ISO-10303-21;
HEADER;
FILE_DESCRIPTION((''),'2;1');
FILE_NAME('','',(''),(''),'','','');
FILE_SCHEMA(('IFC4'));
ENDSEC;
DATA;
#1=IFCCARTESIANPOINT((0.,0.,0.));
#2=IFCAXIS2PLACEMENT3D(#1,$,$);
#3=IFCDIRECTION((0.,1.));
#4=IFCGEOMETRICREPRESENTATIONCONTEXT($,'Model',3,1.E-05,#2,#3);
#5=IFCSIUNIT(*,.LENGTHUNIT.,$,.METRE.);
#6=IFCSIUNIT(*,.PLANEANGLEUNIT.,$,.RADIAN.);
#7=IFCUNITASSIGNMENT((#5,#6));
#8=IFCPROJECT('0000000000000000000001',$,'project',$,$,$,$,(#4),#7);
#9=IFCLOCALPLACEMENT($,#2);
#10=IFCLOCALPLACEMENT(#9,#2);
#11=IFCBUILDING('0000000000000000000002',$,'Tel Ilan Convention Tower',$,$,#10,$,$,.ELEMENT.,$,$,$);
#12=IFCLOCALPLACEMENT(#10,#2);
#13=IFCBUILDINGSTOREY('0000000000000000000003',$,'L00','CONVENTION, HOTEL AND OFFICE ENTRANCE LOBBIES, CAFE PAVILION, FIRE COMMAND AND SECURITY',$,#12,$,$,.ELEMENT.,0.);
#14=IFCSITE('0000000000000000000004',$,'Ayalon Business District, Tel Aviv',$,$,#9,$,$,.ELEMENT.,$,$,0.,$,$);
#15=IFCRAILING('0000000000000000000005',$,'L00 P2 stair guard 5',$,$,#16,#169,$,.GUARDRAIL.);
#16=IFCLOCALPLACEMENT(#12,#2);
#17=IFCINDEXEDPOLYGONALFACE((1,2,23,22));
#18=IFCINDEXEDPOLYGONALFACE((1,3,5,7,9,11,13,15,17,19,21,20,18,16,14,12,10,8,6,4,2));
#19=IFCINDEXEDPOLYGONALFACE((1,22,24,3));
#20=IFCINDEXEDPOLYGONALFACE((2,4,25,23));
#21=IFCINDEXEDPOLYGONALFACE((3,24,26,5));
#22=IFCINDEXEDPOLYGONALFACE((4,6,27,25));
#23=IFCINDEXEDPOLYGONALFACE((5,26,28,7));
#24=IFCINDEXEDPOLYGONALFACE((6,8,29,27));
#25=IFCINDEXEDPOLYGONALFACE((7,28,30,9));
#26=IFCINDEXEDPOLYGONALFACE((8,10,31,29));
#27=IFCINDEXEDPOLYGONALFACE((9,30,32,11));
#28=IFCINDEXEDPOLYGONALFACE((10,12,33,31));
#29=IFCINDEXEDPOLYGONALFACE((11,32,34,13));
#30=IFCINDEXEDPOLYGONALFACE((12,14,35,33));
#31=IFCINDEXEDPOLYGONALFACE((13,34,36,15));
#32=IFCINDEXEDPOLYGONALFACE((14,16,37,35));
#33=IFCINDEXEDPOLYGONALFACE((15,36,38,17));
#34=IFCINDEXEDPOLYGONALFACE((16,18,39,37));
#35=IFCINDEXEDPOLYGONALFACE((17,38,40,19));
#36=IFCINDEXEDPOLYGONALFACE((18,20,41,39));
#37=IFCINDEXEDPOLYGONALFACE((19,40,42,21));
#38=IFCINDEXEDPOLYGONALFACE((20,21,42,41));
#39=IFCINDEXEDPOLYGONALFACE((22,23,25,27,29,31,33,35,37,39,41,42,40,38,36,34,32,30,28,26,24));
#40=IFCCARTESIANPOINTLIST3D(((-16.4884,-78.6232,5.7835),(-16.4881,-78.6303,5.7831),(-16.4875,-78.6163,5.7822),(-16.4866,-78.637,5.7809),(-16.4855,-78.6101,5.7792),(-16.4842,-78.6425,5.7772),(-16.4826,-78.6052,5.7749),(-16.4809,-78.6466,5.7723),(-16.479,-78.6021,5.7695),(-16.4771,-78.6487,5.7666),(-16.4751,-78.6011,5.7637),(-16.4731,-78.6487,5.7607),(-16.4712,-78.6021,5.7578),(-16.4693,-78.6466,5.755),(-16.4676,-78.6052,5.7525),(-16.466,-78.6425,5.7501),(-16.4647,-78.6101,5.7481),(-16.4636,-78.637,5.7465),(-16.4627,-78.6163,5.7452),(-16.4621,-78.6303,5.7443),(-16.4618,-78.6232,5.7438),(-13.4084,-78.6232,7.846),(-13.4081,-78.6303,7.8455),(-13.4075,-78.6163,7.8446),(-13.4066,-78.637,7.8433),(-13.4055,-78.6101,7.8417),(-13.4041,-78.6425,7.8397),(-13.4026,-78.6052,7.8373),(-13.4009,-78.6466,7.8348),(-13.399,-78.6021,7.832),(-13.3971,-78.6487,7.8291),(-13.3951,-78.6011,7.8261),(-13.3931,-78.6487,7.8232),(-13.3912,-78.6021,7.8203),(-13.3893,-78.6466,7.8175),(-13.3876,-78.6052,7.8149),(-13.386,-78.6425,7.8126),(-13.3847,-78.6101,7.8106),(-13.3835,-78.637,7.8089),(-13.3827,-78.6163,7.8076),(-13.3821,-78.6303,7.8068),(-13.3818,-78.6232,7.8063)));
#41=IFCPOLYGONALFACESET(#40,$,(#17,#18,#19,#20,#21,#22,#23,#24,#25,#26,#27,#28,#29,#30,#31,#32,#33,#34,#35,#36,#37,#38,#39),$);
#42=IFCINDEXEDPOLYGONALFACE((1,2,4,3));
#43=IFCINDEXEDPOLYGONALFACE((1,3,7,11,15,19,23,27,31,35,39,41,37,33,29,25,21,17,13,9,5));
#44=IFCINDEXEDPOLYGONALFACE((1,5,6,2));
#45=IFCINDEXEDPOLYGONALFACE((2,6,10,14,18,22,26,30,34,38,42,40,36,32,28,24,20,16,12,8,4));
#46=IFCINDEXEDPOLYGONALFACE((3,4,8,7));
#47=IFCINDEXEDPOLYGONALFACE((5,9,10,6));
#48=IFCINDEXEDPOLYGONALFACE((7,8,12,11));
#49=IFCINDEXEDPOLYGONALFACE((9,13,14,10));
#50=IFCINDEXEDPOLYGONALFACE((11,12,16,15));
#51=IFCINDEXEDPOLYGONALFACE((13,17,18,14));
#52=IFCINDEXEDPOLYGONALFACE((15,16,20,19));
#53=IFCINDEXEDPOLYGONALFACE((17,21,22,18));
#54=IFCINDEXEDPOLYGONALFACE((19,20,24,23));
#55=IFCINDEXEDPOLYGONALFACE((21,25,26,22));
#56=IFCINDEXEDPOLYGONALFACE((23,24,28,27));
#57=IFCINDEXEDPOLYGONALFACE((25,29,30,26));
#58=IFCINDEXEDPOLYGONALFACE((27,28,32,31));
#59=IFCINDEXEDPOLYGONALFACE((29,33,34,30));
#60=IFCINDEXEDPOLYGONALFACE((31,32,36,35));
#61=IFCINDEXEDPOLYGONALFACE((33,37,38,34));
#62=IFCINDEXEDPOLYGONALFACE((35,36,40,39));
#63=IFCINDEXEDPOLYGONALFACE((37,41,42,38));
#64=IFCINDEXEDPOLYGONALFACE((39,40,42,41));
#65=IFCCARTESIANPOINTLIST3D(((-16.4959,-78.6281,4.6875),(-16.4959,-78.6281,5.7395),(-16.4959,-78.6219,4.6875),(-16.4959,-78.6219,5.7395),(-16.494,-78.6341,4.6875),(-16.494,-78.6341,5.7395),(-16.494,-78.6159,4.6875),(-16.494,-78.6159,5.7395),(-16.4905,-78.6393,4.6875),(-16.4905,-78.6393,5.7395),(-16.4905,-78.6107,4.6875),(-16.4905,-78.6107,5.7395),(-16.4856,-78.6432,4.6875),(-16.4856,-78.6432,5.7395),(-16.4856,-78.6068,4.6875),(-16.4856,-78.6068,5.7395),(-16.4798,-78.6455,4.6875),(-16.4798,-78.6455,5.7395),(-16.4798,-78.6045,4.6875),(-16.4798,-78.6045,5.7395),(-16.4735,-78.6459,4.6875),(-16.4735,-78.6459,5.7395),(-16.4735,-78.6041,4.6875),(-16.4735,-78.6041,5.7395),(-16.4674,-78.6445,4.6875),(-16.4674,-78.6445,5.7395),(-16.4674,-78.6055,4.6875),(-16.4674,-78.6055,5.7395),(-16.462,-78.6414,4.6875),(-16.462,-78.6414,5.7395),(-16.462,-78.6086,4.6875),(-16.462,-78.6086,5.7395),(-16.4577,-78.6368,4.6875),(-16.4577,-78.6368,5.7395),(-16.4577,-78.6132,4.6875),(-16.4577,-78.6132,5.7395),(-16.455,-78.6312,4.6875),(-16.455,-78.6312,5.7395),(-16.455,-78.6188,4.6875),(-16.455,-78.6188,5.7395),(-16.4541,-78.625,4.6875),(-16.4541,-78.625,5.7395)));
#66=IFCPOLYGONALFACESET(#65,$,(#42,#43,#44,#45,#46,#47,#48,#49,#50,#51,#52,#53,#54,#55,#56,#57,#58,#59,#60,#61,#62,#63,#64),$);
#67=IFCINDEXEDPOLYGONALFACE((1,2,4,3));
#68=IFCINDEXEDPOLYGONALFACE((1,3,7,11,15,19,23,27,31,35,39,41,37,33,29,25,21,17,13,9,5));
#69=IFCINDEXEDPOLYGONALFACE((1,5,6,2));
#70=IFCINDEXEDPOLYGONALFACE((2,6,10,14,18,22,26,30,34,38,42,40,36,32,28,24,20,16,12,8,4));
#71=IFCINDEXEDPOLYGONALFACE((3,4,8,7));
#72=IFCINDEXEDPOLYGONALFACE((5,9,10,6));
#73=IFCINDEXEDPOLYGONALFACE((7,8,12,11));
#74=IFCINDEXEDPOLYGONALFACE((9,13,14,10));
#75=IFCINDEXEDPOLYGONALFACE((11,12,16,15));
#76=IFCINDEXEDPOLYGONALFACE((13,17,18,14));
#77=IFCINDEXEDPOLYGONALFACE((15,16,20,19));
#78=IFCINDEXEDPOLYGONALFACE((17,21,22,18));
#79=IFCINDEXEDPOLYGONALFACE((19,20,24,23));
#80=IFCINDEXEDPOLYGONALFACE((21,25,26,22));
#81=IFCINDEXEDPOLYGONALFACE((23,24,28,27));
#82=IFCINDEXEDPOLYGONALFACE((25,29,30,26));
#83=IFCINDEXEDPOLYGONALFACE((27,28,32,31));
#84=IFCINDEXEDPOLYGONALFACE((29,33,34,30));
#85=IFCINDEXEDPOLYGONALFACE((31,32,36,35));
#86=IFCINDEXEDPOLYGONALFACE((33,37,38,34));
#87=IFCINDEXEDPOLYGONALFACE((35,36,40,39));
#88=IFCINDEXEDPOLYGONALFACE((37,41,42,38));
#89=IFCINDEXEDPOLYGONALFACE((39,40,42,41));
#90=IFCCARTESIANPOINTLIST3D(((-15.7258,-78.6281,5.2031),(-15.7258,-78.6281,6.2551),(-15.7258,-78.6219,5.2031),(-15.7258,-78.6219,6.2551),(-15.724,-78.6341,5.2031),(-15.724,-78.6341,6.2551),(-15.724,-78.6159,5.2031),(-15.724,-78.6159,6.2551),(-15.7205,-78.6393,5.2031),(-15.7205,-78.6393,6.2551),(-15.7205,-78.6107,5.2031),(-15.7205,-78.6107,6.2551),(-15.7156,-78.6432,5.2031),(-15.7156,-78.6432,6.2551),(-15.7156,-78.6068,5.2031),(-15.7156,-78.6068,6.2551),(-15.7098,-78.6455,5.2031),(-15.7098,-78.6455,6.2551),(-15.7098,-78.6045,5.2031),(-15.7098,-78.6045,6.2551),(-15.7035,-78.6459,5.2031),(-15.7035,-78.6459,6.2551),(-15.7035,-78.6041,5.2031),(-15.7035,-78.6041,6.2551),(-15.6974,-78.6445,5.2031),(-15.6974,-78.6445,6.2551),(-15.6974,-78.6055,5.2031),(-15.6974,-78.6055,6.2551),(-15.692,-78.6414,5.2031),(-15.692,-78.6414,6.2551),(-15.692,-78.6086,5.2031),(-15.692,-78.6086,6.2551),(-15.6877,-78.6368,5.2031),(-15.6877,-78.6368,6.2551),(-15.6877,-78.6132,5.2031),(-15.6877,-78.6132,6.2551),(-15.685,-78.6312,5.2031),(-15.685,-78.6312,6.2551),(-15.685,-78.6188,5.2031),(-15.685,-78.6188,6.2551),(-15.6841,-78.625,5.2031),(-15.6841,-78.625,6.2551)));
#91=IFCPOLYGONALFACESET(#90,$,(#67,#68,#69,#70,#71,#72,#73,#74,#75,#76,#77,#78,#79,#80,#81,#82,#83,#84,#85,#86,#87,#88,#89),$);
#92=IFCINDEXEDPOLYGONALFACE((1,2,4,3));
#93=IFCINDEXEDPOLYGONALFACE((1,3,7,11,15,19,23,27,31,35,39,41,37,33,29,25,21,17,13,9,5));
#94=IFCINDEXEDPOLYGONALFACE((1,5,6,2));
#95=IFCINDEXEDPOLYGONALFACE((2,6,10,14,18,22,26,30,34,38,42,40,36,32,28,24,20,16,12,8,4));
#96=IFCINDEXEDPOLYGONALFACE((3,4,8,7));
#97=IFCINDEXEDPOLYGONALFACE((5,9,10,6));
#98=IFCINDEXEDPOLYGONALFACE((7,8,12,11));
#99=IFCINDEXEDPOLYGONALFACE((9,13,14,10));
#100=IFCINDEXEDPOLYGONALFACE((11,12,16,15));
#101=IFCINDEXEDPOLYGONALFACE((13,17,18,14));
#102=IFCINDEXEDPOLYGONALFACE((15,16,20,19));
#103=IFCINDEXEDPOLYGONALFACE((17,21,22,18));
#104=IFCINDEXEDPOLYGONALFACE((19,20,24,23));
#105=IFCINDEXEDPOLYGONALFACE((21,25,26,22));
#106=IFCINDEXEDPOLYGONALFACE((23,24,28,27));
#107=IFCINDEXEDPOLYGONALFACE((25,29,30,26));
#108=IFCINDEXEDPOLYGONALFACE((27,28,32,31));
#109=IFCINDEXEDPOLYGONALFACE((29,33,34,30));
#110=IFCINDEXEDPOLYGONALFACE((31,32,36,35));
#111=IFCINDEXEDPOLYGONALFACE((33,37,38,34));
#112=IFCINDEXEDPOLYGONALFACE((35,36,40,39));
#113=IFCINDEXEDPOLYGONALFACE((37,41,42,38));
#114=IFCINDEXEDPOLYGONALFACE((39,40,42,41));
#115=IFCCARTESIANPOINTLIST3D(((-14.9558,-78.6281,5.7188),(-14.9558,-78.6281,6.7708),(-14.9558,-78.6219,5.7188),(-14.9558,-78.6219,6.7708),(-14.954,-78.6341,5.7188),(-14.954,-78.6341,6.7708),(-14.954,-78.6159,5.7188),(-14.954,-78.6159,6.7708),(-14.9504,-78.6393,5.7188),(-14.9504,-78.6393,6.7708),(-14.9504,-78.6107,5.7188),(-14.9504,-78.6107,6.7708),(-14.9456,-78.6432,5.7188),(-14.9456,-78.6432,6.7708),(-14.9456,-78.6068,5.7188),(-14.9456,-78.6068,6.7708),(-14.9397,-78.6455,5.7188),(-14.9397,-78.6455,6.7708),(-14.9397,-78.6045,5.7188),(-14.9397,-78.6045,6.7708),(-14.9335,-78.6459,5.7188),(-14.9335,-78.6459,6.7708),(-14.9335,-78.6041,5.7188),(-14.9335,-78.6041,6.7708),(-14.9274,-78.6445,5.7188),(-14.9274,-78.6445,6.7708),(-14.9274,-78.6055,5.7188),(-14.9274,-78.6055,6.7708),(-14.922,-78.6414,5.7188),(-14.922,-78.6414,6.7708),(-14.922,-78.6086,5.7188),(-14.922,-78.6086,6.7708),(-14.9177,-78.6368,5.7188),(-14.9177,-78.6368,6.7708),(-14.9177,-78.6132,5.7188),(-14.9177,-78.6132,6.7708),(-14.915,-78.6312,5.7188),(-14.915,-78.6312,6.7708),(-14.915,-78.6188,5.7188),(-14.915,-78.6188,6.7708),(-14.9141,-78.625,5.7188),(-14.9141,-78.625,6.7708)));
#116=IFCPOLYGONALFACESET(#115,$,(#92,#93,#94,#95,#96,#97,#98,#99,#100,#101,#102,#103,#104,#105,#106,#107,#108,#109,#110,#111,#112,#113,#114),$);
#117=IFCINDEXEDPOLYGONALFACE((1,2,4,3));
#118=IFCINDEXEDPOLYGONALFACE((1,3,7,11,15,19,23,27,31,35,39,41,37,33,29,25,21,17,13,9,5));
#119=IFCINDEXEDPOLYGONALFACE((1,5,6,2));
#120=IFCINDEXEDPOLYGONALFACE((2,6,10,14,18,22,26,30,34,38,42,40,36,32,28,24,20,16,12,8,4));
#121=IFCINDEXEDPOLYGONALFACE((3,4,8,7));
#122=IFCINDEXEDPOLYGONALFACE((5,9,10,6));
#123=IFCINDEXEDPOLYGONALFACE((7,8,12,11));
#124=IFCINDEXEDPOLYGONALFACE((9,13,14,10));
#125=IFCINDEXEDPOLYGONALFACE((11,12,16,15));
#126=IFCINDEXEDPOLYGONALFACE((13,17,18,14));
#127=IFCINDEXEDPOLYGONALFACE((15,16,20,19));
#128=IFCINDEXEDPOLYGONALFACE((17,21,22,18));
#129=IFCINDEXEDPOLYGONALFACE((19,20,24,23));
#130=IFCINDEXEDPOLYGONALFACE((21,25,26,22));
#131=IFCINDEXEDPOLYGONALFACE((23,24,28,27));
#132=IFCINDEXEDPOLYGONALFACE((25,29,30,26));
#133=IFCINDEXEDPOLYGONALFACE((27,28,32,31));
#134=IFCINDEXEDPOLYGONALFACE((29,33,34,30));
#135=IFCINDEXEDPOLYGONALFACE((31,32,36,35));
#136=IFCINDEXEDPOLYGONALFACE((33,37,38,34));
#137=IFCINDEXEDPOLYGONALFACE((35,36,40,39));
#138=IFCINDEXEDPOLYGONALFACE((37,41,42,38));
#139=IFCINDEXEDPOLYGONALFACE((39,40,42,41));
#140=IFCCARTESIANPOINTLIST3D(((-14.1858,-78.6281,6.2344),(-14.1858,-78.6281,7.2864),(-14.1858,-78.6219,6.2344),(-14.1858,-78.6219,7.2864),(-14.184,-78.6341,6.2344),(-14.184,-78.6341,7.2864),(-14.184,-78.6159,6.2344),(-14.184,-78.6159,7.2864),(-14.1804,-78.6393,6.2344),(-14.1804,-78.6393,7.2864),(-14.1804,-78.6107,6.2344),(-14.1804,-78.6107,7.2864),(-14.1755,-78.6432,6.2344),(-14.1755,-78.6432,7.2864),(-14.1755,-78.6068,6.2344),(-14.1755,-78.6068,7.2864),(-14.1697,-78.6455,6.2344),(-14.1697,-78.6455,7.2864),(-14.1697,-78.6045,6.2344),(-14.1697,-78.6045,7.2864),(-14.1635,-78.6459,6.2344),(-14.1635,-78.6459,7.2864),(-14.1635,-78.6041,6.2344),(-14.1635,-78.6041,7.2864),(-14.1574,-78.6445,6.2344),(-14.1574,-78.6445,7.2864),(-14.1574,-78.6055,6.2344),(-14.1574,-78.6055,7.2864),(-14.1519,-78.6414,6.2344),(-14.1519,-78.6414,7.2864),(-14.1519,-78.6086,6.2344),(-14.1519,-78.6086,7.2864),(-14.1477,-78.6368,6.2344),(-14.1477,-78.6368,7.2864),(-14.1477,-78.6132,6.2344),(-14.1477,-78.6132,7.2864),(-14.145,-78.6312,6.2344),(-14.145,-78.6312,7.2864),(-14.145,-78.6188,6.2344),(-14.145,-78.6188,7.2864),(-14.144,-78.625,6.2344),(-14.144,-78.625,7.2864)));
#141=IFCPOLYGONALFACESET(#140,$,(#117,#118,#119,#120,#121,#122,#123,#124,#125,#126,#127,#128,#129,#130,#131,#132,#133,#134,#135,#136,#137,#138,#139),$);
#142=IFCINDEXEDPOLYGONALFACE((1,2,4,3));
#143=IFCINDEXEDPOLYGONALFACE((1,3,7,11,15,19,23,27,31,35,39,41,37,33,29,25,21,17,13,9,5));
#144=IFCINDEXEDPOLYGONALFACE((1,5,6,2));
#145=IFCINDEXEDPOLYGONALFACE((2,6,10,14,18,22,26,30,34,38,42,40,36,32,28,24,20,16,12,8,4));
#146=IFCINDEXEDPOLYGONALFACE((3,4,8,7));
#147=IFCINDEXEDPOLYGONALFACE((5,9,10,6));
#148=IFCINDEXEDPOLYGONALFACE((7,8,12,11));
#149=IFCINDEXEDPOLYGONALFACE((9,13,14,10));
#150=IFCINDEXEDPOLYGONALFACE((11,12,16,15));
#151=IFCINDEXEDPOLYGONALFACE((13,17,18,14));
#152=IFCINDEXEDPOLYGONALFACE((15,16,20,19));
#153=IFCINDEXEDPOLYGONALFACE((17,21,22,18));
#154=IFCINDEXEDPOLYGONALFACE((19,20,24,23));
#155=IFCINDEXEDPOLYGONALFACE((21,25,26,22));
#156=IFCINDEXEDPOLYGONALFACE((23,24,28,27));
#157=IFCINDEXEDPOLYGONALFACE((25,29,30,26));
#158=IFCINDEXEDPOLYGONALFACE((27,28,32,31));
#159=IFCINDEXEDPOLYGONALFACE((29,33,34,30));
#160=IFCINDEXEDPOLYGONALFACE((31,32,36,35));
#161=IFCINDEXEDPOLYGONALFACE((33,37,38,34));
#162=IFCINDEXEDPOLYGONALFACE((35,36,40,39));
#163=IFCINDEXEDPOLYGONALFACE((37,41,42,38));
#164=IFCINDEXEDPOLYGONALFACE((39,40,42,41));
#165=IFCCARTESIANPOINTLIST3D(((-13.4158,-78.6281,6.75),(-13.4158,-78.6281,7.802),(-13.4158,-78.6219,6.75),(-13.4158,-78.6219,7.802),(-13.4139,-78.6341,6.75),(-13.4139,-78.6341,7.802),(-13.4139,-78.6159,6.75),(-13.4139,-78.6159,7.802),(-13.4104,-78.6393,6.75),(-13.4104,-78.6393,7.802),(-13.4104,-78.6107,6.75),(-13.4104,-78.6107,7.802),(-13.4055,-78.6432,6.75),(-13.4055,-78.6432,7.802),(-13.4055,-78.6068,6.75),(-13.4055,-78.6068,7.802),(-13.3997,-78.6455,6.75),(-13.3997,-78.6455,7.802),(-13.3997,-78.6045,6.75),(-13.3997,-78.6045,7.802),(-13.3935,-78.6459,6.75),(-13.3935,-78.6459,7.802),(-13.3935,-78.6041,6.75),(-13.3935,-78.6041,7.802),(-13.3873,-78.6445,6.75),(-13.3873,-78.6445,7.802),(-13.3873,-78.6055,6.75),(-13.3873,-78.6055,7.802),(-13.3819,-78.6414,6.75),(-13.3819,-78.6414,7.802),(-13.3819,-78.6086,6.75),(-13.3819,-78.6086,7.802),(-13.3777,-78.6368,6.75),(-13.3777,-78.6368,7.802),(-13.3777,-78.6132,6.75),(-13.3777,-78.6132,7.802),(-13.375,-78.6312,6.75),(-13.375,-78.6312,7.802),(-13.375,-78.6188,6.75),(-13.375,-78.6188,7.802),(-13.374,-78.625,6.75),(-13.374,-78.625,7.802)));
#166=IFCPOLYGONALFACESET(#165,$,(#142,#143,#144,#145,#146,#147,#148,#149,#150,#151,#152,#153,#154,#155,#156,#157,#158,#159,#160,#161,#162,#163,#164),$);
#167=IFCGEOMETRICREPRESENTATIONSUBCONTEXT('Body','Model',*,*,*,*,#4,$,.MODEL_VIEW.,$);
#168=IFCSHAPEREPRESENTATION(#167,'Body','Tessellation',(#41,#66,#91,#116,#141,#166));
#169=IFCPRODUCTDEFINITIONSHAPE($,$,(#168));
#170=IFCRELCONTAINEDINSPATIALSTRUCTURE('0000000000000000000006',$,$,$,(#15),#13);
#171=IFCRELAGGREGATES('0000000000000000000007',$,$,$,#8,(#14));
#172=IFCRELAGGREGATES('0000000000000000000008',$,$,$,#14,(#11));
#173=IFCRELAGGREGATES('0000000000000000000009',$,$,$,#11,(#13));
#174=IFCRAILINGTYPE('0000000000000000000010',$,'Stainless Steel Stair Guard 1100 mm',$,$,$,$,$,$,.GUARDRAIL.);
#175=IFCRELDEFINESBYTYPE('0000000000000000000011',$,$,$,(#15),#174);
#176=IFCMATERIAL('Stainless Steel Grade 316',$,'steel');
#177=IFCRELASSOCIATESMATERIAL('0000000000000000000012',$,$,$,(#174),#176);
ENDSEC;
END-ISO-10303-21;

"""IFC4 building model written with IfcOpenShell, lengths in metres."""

from ifc_helpers import new_model, si_unit, direction, frame, origin, origin_2d, place, context, subcontext, project, spatial, circle, extrude, material, type_object, element, save


model = new_model("IFC4")

# Units and contexts
model_context = context("Model", 3, precision=1e-05, world=origin(), true_north=direction((0.0, 1.0)))
body_context = subcontext(model_context, "Body", "Model", "MODEL_VIEW")
ifc_project = project(units=[si_unit("LENGTHUNIT", "METRE"), si_unit("PLANEANGLEUNIT", "RADIAN")], contexts=[model_context])

# Site, building, storey
site_placement = place(None, origin())
site = spatial("IfcSite", under=ifc_project, at=site_placement, Name="Ayalon Business District, Tel Aviv", CompositionType="ELEMENT", RefElevation=0.0)
building_placement = place(site_placement, origin())
building = spatial("IfcBuilding", under=site, at=building_placement, Name="Tel Ilan Convention Tower", CompositionType="ELEMENT")
storey_placement = place(building_placement, origin())
storey = spatial("IfcBuildingStorey", under=building, at=storey_placement, Name="L00", Description="CONVENTION, HOTEL AND OFFICE ENTRANCE LOBBIES, CAFE PAVILION, FIRE COMMAND AND SECURITY", CompositionType="ELEMENT", Elevation=0.0)

# Railing
ifc_material_1 = material(Name="Stainless Steel Grade 316", Category="steel")
railing_type_1 = type_object("IfcRailingType", Name="Stainless Steel Stair Guard 1100 mm", PredefinedType="GUARDRAIL", material=ifc_material_1)
railing_1_placement = place(storey_placement, frame((-16.4751, -78.625, 4.6875)))
element("IfcRailing", 1, at=railing_1_placement, inside=storey, type_object=railing_type_1, Name="L00 P2 stair guard 5", PredefinedType="GUARDRAIL", context=body_context, shape_type="SweptSolid", body=[
    extrude(circle(Radius=0.0239, at=origin_2d()), frame((0.0, 0.0, 1.0762), z_axis=(0.830914, 0.0, 0.556401), x_axis=(0.0, 1.0, 0.0)), (0.0, 0.0, 1.0), 3.7068),
    extrude(circle(Radius=0.021, at=origin_2d()), origin(), (0.0, 0.0, 1.0), 1.052),
    extrude(circle(Radius=0.021, at=origin_2d()), frame((0.77, 0.0, 0.5156)), (0.0, 0.0, 1.0), 1.052),
    extrude(circle(Radius=0.021, at=origin_2d()), frame((1.54, 0.0, 1.0312)), (0.0, 0.0, 1.0), 1.052),
    extrude(circle(Radius=0.021, at=origin_2d()), frame((2.3101, 0.0, 1.5469)), (0.0, 0.0, 1.0), 1.052),
    extrude(circle(Radius=0.021, at=origin_2d()), frame((3.0801, 0.0, 2.0625)), (0.0, 0.0, 1.0), 1.052),
])

save(model, "model.ifc")
